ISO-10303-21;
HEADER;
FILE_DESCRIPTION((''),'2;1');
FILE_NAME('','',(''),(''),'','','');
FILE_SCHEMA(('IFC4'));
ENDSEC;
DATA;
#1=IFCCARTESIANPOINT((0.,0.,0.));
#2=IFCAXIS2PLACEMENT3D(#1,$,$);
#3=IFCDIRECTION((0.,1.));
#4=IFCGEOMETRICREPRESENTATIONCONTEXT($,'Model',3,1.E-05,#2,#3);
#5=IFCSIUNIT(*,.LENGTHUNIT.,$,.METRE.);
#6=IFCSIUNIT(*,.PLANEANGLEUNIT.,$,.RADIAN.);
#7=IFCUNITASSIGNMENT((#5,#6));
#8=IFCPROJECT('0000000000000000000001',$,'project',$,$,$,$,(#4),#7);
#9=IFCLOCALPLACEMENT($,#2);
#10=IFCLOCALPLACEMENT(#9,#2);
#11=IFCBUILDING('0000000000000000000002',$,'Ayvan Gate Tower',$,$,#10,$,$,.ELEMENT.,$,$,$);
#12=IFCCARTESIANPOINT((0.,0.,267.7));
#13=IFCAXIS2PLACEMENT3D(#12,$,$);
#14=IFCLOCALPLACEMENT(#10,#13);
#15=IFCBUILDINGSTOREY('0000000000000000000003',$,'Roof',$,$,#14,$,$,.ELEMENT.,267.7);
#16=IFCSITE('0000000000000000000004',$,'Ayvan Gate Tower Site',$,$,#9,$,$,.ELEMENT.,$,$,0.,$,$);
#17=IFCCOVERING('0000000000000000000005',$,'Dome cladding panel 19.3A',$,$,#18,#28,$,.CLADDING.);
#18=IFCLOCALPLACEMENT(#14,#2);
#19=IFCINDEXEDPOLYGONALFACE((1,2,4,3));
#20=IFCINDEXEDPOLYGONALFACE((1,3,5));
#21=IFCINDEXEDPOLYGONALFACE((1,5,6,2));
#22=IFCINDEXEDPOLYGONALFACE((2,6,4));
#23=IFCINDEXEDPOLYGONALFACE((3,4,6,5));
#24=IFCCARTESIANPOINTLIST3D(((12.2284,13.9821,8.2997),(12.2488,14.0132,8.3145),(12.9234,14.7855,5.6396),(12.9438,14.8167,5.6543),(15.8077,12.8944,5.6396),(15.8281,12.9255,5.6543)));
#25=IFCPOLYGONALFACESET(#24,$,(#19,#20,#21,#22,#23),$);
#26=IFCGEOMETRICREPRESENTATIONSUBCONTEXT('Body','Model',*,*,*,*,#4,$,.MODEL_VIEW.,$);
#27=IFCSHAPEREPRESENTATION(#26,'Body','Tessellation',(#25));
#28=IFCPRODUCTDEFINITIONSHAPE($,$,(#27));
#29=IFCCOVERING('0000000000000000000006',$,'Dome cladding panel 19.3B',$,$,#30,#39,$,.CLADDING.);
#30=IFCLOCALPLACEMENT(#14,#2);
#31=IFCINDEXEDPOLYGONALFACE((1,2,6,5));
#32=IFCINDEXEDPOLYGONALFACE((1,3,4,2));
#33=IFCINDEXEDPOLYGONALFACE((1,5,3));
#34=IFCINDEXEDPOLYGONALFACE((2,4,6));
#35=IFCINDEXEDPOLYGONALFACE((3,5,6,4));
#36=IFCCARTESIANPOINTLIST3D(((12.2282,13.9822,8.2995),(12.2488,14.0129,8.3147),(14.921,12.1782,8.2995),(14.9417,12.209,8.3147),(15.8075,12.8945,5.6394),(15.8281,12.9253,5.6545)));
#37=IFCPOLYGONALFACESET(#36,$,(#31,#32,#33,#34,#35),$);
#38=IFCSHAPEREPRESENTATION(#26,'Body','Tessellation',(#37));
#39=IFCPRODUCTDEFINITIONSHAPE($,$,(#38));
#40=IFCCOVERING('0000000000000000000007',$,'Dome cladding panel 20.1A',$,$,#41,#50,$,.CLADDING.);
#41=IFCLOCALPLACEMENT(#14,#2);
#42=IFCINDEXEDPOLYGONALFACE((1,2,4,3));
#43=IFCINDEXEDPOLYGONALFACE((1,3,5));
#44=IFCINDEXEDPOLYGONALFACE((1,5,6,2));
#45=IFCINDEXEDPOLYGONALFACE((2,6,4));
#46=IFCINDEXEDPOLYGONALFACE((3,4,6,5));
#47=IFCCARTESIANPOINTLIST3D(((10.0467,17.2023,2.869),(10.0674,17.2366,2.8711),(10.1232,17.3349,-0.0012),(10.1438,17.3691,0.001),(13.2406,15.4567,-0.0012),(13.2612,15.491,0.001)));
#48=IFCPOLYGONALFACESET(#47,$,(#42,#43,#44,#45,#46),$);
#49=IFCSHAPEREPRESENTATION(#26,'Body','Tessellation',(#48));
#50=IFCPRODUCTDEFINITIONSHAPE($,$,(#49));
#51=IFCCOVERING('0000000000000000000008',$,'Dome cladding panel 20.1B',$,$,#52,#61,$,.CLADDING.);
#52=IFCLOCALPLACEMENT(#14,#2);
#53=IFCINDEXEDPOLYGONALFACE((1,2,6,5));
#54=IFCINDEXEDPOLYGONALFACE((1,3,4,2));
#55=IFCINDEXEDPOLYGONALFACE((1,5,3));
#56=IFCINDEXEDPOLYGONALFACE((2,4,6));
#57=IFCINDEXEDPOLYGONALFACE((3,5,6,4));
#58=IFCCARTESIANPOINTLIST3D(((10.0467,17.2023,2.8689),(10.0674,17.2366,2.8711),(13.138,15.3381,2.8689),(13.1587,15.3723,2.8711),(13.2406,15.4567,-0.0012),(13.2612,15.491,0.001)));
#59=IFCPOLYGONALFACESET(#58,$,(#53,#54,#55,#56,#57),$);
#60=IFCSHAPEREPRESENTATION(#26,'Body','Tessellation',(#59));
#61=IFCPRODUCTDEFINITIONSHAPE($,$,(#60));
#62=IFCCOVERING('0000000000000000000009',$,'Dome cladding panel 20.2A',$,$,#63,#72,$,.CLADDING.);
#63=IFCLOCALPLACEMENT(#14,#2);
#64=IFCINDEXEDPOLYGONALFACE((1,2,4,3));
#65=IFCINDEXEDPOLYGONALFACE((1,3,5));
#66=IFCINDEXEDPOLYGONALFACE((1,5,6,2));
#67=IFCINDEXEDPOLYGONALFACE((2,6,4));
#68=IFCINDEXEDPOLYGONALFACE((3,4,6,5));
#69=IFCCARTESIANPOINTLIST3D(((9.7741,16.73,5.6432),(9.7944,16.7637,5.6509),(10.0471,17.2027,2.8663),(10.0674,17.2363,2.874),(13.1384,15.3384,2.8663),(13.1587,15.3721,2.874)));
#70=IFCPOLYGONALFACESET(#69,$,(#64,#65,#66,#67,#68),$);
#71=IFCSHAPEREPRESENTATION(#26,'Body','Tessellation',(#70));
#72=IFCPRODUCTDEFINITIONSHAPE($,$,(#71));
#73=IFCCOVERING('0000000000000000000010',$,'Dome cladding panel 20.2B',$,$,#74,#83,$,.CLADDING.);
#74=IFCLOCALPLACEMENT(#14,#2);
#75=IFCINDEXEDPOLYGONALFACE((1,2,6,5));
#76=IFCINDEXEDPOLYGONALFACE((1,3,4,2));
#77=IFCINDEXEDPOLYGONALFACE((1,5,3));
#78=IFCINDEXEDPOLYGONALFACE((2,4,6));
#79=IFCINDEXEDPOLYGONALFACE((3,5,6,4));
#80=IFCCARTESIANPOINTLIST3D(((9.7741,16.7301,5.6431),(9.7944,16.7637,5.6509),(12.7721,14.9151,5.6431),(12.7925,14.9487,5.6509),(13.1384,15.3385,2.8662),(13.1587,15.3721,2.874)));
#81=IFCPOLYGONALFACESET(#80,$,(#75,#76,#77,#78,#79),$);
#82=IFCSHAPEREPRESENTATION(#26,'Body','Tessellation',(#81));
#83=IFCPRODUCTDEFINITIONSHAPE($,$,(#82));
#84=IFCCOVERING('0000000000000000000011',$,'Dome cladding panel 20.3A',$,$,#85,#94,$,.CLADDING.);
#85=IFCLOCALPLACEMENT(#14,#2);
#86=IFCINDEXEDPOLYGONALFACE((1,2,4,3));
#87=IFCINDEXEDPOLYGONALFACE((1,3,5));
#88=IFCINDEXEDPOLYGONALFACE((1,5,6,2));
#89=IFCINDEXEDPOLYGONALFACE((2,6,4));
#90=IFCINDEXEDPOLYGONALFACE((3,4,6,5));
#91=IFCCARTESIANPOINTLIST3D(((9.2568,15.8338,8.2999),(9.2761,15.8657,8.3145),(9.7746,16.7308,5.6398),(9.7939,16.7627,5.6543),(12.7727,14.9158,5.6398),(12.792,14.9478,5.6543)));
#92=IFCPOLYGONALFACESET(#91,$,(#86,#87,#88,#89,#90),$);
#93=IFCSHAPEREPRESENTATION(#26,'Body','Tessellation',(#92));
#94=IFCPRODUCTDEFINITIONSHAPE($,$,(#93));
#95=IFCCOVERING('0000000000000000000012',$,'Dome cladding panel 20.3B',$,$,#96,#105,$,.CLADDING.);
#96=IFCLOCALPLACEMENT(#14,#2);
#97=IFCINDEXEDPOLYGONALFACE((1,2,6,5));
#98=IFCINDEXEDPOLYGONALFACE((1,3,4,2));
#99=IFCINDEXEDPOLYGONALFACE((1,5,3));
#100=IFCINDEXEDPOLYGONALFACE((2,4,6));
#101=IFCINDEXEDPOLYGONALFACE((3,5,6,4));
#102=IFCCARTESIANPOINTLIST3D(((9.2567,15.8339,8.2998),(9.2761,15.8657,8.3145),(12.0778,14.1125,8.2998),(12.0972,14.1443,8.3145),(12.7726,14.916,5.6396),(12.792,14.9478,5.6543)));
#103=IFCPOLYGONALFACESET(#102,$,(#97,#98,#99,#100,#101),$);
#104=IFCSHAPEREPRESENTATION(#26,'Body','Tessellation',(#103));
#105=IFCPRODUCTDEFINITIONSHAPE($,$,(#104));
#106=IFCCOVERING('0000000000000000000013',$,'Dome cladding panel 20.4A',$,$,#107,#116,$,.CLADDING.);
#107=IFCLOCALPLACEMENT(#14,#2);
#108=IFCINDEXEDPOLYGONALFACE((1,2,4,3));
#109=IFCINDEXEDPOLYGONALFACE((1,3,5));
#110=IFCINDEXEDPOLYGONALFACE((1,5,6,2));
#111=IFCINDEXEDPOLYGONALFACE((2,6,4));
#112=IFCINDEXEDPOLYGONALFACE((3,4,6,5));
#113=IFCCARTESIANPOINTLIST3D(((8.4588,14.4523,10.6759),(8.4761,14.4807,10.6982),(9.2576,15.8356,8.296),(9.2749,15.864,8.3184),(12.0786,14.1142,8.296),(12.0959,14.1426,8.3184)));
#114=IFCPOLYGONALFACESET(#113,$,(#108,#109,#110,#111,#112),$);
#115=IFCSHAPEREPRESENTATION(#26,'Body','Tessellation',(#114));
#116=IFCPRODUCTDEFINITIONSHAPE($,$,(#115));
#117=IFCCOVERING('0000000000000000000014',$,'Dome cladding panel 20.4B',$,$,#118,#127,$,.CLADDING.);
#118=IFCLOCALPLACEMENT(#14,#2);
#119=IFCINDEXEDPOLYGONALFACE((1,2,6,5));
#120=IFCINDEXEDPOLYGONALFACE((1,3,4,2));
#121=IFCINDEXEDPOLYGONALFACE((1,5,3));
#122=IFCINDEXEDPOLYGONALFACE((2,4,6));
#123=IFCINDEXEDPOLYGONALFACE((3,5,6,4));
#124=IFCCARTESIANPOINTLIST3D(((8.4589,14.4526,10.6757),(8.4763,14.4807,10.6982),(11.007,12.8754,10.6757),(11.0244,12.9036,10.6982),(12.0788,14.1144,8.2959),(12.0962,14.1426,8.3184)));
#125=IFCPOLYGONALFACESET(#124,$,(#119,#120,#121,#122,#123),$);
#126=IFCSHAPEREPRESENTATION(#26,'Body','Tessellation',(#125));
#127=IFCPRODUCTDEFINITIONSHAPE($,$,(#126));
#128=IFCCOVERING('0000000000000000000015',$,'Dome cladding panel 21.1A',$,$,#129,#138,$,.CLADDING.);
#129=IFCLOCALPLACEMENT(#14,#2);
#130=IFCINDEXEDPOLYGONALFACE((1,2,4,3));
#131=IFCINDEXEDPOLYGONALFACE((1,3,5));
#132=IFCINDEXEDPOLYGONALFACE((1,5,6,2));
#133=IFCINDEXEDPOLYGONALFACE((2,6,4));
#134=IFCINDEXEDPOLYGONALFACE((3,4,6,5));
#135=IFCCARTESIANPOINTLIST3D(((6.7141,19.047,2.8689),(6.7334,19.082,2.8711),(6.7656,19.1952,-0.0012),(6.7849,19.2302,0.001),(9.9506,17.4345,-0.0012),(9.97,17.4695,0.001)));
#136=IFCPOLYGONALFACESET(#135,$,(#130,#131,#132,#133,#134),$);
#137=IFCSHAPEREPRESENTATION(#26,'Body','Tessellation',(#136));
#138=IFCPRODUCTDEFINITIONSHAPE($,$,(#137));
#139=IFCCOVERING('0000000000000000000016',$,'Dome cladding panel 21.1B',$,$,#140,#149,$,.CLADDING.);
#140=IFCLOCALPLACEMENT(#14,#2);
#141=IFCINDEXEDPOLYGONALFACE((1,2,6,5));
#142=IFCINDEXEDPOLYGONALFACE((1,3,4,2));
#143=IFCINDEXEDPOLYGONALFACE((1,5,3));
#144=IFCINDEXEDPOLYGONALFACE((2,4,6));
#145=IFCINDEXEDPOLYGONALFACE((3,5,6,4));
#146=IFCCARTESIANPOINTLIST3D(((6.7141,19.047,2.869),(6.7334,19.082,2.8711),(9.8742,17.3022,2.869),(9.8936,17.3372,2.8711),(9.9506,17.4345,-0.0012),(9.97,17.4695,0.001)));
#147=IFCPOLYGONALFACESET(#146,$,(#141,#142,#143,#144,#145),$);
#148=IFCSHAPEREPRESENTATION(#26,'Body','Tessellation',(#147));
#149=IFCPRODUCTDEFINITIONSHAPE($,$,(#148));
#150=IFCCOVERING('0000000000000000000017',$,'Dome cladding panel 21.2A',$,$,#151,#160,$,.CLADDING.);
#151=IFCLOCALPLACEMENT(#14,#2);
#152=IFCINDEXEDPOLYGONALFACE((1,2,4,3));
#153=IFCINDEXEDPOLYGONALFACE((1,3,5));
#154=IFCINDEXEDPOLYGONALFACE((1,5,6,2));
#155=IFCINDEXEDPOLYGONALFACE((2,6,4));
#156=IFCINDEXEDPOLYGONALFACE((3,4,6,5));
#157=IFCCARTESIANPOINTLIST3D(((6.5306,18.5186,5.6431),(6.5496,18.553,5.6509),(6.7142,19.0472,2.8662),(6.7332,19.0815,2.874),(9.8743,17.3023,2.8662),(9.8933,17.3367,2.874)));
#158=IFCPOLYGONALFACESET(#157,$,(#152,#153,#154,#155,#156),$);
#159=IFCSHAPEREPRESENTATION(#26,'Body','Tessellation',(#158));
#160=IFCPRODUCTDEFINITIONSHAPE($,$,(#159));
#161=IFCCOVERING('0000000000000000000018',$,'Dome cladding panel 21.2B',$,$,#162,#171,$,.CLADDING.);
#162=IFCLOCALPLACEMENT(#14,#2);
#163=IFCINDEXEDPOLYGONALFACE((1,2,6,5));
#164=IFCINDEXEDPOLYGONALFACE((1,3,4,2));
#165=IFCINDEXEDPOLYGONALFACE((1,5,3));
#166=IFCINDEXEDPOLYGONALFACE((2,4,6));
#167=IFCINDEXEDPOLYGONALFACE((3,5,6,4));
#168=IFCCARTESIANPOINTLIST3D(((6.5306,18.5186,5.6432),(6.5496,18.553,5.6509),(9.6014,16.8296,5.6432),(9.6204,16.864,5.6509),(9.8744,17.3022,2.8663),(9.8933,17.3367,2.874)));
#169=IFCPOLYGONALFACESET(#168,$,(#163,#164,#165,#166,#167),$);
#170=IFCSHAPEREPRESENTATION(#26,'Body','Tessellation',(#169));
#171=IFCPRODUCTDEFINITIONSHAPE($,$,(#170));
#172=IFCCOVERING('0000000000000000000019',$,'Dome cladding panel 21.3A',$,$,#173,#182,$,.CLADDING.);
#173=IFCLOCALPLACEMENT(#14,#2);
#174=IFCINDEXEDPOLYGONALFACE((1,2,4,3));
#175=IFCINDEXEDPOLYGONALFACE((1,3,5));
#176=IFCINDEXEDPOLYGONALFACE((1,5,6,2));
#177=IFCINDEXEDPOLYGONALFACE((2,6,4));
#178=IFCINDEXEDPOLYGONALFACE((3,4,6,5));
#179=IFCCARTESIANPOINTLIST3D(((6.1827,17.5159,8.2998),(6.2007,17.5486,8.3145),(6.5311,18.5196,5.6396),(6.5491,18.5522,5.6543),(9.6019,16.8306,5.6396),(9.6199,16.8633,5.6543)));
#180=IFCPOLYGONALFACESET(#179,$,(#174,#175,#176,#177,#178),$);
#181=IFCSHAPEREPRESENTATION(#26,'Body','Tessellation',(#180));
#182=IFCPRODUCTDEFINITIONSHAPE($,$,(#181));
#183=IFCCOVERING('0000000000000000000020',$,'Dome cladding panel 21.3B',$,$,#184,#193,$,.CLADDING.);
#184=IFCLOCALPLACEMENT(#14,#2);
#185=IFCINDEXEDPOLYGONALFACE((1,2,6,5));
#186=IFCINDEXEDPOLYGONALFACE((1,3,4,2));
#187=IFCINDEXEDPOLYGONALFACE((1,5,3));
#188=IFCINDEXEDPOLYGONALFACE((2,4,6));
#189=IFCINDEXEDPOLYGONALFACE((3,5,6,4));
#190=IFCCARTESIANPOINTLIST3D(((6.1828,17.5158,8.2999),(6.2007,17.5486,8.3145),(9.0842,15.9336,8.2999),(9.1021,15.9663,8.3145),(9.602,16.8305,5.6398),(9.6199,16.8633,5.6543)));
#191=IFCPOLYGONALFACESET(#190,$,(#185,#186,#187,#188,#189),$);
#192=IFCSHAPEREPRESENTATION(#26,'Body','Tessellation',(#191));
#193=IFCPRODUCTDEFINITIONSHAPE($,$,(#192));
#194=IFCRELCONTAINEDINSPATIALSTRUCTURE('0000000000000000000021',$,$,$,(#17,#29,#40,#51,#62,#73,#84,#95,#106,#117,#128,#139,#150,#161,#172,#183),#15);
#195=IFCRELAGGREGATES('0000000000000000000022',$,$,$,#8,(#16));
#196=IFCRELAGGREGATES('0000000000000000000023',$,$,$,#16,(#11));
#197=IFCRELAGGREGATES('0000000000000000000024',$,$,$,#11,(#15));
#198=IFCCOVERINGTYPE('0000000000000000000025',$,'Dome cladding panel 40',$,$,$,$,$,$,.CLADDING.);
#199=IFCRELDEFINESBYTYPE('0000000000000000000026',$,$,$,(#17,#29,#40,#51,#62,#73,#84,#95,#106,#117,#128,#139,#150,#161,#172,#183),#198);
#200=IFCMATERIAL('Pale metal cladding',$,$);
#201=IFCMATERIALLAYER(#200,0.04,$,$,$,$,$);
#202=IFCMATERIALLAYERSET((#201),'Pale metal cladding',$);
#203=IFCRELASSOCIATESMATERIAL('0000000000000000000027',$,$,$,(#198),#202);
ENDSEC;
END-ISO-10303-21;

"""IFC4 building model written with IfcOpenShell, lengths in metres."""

from ifc_helpers import new_model, si_unit, direction, frame, origin, place, context, subcontext, project, spatial, polyline, outline, extrude, material, layer, layer_set, type_object, element, save


model = new_model("IFC4")

# Units and contexts
model_context = context("Model", 3, precision=1e-05, world=origin(), true_north=direction((0.0, 1.0)))
body_context = subcontext(model_context, "Body", "Model", "MODEL_VIEW")
ifc_project = project(units=[si_unit("LENGTHUNIT", "METRE"), si_unit("PLANEANGLEUNIT", "RADIAN")], contexts=[model_context])

# Site, building, storey
site_placement = place(None, origin())
site = spatial("IfcSite", under=ifc_project, at=site_placement, Name="Ayvan Gate Tower Site", CompositionType="ELEMENT", RefElevation=0.0)
building_placement = place(site_placement, origin())
building = spatial("IfcBuilding", under=site, at=building_placement, Name="Ayvan Gate Tower", CompositionType="ELEMENT")
storey_placement = place(building_placement, frame((0.0, 0.0, 267.7)))
storey = spatial("IfcBuildingStorey", under=building, at=storey_placement, Name="Roof", CompositionType="ELEMENT", Elevation=267.7)

# Coverings
ifc_material_1 = material(Name="Pale metal cladding")
ifc_layer_1 = layer(ifc_material_1, 0.04)
ifc_layer_set_1 = layer_set([ifc_layer_1], Name="Pale metal cladding")
covering_type = type_object("IfcCoveringType", Name="Dome cladding panel 40", PredefinedType="CLADDING", material=ifc_layer_set_1)
covering_1_placement = place(storey_placement, frame((15.8281, 12.9255, 5.6543), z_axis=(0.509822, 0.777567, 0.368065), x_axis=(-0.836273, 0.548313, 0.0)))
element("IfcCovering", 1, at=covering_1_placement, inside=storey, type_object=covering_type, Name="Dome cladding panel 19.3A", PredefinedType="CLADDING", context=body_context, shape_type="SweptSolid", body=[
    extrude(outline(polyline([(0.0, 0.0), (3.449, 0.0), (3.5897, 2.861), (0.0, 0.0)])), origin(), (0.0, 0.0, -1.0), 0.04),
])
covering_2_placement = place(storey_placement, frame((15.8281, 12.9253, 5.6545), z_axis=(0.515105, 0.768927, 0.378706), x_axis=(-0.779758, 0.236943, 0.579513)))
element("IfcCovering", 2, at=covering_2_placement, inside=storey, type_object=covering_type, Name="Dome cladding panel 19.3B", PredefinedType="CLADDING", context=body_context, shape_type="SweptSolid", body=[
    extrude(outline(polyline([(0.0, 0.0), (4.5903, 0.0), (2.0631, 2.0295), (0.0, 0.0)])), origin(), (0.0, 0.0, -1.0), 0.04),
])
covering_3_placement = place(storey_placement, frame((13.2612, 15.491, 0.001), z_axis=(0.515322, 0.855342, 0.053228), x_axis=(-0.856556, 0.516054, 0.0)))
element("IfcCovering", 3, at=covering_3_placement, inside=storey, type_object=covering_type, Name="Dome cladding panel 20.1A", PredefinedType="CLADDING", context=body_context, shape_type="SweptSolid", body=[
    extrude(outline(polyline([(0.0, 0.0), (3.6395, 0.0), (3.6365, 2.8742), (0.0, 0.0)])), origin(), (0.0, 0.0, -1.0), 0.04),
])
covering_4_placement = place(storey_placement, frame((13.2612, 15.491, 0.001), z_axis=(0.515677, 0.855094, 0.053773), x_axis=(-0.689037, 0.376595, 0.619196)))
element("IfcCovering", 4, at=covering_4_placement, inside=storey, type_object=covering_type, Name="Dome cladding panel 20.1B", PredefinedType="CLADDING", context=body_context, shape_type="SweptSolid", body=[
    extrude(outline(polyline([(0.0, 0.0), (4.6352, 0.0), (1.8031, 2.2385), (0.0, 0.0)])), origin(), (0.0, 0.0, -1.0), 0.04),
])
covering_5_placement = place(storey_placement, frame((13.1587, 15.3721, 2.874), z_axis=(0.506732, 0.840261, 0.192832), x_axis=(-0.856333, 0.516424, 0.0)))
element("IfcCovering", 5, at=covering_5_placement, inside=storey, type_object=covering_type, Name="Dome cladding panel 20.2A", PredefinedType="CLADDING", context=body_context, shape_type="SweptSolid", body=[
    extrude(outline(polyline([(0.0, 0.0), (3.6099, 0.0), (3.5996, 2.83), (0.0, 0.0)])), origin(), (0.0, 0.0, -1.0), 0.04),
])
covering_6_placement = place(storey_placement, frame((13.1587, 15.3721, 2.874), z_axis=(0.507941, 0.839052, 0.194903), x_axis=(-0.734741, 0.303921, 0.606455)))
element("IfcCovering", 6, at=covering_6_placement, inside=storey, type_object=covering_type, Name="Dome cladding panel 20.2B", PredefinedType="CLADDING", context=body_context, shape_type="SweptSolid", body=[
    extrude(outline(polyline([(0.0, 0.0), (4.5788, 0.0), (1.8244, 2.1669), (0.0, 0.0)])), origin(), (0.0, 0.0, -1.0), 0.04),
])
covering_7_placement = place(storey_placement, frame((12.792, 14.9478, 5.6543), z_axis=(0.482599, 0.797191, 0.362745), x_axis=(-0.855458, 0.517872, 0.0)))
element("IfcCovering", 7, at=covering_7_placement, inside=storey, type_object=covering_type, Name="Dome cladding panel 20.3A", PredefinedType="CLADDING", context=body_context, shape_type="SweptSolid", body=[
    extrude(outline(polyline([(0.0, 0.0), (3.5046, 0.0), (3.4831, 2.8546), (0.0, 0.0)])), origin(), (0.0, 0.0, -1.0), 0.04),
])
covering_8_placement = place(storey_placement, frame((12.792, 14.9478, 5.6543), z_axis=(0.484651, 0.794234, 0.366478), x_axis=(-0.780718, 0.20384, 0.590702)))
element("IfcCovering", 8, at=covering_8_placement, inside=storey, type_object=covering_type, Name="Dome cladding panel 20.3B", PredefinedType="CLADDING", context=body_context, shape_type="SweptSolid", body=[
    extrude(outline(polyline([(0.0, 0.0), (4.5034, 0.0), (1.95, 2.0981), (0.0, 0.0)])), origin(), (0.0, 0.0, -1.0), 0.04),
])
covering_9_placement = place(storey_placement, frame((12.0959, 14.1426, 8.3184), z_axis=(0.432539, 0.708834, 0.557193), x_axis=(-0.853623, 0.520891, 0.0)))
element("IfcCovering", 9, at=covering_9_placement, inside=storey, type_object=covering_type, Name="Dome cladding panel 20.4A", PredefinedType="CLADDING", context=body_context, shape_type="SweptSolid", body=[
    extrude(outline(polyline([(0.0, 0.0), (3.3048, 0.0), (3.2661, 2.866), (0.0, 0.0)])), origin(), (0.0, 0.0, -1.0), 0.04),
])
covering_10_placement = place(storey_placement, frame((12.0962, 14.1426, 8.3184), z_axis=(0.435269, 0.703235, 0.562141), x_axis=(-0.833054, 0.077816, 0.547691)))
element("IfcCovering", 10, at=covering_10_placement, inside=storey, type_object=covering_type, Name="Dome cladding panel 20.4B", PredefinedType="CLADDING", context=body_context, shape_type="SweptSolid", body=[
    extrude(outline(polyline([(0.0, 0.0), (4.3453, 0.0), (2.0999, 1.9845), (0.0, 0.0)])), origin(), (0.0, 0.0, -1.0), 0.04),
])
covering_11_placement = place(storey_placement, frame((9.97, 17.4695, 0.001), z_axis=(0.483107, 0.873907, 0.053794), x_axis=(-0.875174, 0.483808, 0.0)))
element("IfcCovering", 11, at=covering_11_placement, inside=storey, type_object=covering_type, Name="Dome cladding panel 21.1A", PredefinedType="CLADDING", context=body_context, shape_type="SweptSolid", body=[
    extrude(outline(polyline([(0.0, 0.0), (3.6393, 0.0), (3.6127, 2.8743), (0.0, 0.0)])), origin(), (0.0, 0.0, -1.0), 0.04),
])
covering_12_placement = place(storey_placement, frame((9.97, 17.4695, 0.001), z_axis=(0.482678, 0.874183, 0.053155), x_axis=(-0.701068, 0.349291, 0.621691)))
element("IfcCovering", 12, at=covering_12_placement, inside=storey, type_object=covering_type, Name="Dome cladding panel 21.1B", PredefinedType="CLADDING", context=body_context, shape_type="SweptSolid", body=[
    extrude(outline(polyline([(0.0, 0.0), (4.6166, 0.0), (1.7917, 2.2474), (0.0, 0.0)])), origin(), (0.0, 0.0, -1.0), 0.04),
])
covering_13_placement = place(storey_placement, frame((9.8933, 17.3367, 2.874), z_axis=(0.474103, 0.858653, 0.194787), x_axis=(-0.875421, 0.483362, 0.0)))
element("IfcCovering", 13, at=covering_13_placement, inside=storey, type_object=covering_type, Name="Dome cladding panel 21.2A", PredefinedType="CLADDING", context=body_context, shape_type="SweptSolid", body=[
    extrude(outline(polyline([(0.0, 0.0), (3.6099, 0.0), (3.5151, 2.8311), (0.0, 0.0)])), origin(), (0.0, 0.0, -1.0), 0.04),
])
covering_14_placement = place(storey_placement, frame((9.8933, 17.3367, 2.874), z_axis=(0.47288, 0.859769, 0.192825), x_axis=(-0.740846, 0.269487, 0.615244)))
element("IfcCovering", 14, at=covering_14_placement, inside=storey, type_object=covering_type, Name="Dome cladding panel 21.2B", PredefinedType="CLADDING", context=body_context, shape_type="SweptSolid", body=[
    extrude(outline(polyline([(0.0, 0.0), (4.5134, 0.0), (1.7833, 2.1974), (0.0, 0.0)])), origin(), (0.0, 0.0, -1.0), 0.04),
])
covering_15_placement = place(storey_placement, frame((9.6199, 16.8633, 5.6543), z_axis=(0.448422, 0.815301, 0.366336), x_axis=(-0.876213, 0.481924, 0.0)))
element("IfcCovering", 15, at=covering_15_placement, inside=storey, type_object=covering_type, Name="Dome cladding panel 21.3A", PredefinedType="CLADDING", context=body_context, shape_type="SweptSolid", body=[
    extrude(outline(polyline([(0.0, 0.0), (3.5046, 0.0), (3.3262, 2.8589), (0.0, 0.0)])), origin(), (0.0, 0.0, -1.0), 0.04),
])
covering_16_placement = place(storey_placement, frame((9.6199, 16.8633, 5.6543), z_axis=(0.446179, 0.818143, 0.362721), x_axis=(-0.77957, 0.156248, 0.606512)))
element("IfcCovering", 16, at=covering_16_placement, inside=storey, type_object=covering_type, Name="Dome cladding panel 21.3B", PredefinedType="CLADDING", context=body_context, shape_type="SweptSolid", body=[
    extrude(outline(polyline([(0.0, 0.0), (4.386, 0.0), (1.8769, 2.1509), (0.0, 0.0)])), origin(), (0.0, 0.0, -1.0), 0.04),
])

save(model, "model.ifc")
